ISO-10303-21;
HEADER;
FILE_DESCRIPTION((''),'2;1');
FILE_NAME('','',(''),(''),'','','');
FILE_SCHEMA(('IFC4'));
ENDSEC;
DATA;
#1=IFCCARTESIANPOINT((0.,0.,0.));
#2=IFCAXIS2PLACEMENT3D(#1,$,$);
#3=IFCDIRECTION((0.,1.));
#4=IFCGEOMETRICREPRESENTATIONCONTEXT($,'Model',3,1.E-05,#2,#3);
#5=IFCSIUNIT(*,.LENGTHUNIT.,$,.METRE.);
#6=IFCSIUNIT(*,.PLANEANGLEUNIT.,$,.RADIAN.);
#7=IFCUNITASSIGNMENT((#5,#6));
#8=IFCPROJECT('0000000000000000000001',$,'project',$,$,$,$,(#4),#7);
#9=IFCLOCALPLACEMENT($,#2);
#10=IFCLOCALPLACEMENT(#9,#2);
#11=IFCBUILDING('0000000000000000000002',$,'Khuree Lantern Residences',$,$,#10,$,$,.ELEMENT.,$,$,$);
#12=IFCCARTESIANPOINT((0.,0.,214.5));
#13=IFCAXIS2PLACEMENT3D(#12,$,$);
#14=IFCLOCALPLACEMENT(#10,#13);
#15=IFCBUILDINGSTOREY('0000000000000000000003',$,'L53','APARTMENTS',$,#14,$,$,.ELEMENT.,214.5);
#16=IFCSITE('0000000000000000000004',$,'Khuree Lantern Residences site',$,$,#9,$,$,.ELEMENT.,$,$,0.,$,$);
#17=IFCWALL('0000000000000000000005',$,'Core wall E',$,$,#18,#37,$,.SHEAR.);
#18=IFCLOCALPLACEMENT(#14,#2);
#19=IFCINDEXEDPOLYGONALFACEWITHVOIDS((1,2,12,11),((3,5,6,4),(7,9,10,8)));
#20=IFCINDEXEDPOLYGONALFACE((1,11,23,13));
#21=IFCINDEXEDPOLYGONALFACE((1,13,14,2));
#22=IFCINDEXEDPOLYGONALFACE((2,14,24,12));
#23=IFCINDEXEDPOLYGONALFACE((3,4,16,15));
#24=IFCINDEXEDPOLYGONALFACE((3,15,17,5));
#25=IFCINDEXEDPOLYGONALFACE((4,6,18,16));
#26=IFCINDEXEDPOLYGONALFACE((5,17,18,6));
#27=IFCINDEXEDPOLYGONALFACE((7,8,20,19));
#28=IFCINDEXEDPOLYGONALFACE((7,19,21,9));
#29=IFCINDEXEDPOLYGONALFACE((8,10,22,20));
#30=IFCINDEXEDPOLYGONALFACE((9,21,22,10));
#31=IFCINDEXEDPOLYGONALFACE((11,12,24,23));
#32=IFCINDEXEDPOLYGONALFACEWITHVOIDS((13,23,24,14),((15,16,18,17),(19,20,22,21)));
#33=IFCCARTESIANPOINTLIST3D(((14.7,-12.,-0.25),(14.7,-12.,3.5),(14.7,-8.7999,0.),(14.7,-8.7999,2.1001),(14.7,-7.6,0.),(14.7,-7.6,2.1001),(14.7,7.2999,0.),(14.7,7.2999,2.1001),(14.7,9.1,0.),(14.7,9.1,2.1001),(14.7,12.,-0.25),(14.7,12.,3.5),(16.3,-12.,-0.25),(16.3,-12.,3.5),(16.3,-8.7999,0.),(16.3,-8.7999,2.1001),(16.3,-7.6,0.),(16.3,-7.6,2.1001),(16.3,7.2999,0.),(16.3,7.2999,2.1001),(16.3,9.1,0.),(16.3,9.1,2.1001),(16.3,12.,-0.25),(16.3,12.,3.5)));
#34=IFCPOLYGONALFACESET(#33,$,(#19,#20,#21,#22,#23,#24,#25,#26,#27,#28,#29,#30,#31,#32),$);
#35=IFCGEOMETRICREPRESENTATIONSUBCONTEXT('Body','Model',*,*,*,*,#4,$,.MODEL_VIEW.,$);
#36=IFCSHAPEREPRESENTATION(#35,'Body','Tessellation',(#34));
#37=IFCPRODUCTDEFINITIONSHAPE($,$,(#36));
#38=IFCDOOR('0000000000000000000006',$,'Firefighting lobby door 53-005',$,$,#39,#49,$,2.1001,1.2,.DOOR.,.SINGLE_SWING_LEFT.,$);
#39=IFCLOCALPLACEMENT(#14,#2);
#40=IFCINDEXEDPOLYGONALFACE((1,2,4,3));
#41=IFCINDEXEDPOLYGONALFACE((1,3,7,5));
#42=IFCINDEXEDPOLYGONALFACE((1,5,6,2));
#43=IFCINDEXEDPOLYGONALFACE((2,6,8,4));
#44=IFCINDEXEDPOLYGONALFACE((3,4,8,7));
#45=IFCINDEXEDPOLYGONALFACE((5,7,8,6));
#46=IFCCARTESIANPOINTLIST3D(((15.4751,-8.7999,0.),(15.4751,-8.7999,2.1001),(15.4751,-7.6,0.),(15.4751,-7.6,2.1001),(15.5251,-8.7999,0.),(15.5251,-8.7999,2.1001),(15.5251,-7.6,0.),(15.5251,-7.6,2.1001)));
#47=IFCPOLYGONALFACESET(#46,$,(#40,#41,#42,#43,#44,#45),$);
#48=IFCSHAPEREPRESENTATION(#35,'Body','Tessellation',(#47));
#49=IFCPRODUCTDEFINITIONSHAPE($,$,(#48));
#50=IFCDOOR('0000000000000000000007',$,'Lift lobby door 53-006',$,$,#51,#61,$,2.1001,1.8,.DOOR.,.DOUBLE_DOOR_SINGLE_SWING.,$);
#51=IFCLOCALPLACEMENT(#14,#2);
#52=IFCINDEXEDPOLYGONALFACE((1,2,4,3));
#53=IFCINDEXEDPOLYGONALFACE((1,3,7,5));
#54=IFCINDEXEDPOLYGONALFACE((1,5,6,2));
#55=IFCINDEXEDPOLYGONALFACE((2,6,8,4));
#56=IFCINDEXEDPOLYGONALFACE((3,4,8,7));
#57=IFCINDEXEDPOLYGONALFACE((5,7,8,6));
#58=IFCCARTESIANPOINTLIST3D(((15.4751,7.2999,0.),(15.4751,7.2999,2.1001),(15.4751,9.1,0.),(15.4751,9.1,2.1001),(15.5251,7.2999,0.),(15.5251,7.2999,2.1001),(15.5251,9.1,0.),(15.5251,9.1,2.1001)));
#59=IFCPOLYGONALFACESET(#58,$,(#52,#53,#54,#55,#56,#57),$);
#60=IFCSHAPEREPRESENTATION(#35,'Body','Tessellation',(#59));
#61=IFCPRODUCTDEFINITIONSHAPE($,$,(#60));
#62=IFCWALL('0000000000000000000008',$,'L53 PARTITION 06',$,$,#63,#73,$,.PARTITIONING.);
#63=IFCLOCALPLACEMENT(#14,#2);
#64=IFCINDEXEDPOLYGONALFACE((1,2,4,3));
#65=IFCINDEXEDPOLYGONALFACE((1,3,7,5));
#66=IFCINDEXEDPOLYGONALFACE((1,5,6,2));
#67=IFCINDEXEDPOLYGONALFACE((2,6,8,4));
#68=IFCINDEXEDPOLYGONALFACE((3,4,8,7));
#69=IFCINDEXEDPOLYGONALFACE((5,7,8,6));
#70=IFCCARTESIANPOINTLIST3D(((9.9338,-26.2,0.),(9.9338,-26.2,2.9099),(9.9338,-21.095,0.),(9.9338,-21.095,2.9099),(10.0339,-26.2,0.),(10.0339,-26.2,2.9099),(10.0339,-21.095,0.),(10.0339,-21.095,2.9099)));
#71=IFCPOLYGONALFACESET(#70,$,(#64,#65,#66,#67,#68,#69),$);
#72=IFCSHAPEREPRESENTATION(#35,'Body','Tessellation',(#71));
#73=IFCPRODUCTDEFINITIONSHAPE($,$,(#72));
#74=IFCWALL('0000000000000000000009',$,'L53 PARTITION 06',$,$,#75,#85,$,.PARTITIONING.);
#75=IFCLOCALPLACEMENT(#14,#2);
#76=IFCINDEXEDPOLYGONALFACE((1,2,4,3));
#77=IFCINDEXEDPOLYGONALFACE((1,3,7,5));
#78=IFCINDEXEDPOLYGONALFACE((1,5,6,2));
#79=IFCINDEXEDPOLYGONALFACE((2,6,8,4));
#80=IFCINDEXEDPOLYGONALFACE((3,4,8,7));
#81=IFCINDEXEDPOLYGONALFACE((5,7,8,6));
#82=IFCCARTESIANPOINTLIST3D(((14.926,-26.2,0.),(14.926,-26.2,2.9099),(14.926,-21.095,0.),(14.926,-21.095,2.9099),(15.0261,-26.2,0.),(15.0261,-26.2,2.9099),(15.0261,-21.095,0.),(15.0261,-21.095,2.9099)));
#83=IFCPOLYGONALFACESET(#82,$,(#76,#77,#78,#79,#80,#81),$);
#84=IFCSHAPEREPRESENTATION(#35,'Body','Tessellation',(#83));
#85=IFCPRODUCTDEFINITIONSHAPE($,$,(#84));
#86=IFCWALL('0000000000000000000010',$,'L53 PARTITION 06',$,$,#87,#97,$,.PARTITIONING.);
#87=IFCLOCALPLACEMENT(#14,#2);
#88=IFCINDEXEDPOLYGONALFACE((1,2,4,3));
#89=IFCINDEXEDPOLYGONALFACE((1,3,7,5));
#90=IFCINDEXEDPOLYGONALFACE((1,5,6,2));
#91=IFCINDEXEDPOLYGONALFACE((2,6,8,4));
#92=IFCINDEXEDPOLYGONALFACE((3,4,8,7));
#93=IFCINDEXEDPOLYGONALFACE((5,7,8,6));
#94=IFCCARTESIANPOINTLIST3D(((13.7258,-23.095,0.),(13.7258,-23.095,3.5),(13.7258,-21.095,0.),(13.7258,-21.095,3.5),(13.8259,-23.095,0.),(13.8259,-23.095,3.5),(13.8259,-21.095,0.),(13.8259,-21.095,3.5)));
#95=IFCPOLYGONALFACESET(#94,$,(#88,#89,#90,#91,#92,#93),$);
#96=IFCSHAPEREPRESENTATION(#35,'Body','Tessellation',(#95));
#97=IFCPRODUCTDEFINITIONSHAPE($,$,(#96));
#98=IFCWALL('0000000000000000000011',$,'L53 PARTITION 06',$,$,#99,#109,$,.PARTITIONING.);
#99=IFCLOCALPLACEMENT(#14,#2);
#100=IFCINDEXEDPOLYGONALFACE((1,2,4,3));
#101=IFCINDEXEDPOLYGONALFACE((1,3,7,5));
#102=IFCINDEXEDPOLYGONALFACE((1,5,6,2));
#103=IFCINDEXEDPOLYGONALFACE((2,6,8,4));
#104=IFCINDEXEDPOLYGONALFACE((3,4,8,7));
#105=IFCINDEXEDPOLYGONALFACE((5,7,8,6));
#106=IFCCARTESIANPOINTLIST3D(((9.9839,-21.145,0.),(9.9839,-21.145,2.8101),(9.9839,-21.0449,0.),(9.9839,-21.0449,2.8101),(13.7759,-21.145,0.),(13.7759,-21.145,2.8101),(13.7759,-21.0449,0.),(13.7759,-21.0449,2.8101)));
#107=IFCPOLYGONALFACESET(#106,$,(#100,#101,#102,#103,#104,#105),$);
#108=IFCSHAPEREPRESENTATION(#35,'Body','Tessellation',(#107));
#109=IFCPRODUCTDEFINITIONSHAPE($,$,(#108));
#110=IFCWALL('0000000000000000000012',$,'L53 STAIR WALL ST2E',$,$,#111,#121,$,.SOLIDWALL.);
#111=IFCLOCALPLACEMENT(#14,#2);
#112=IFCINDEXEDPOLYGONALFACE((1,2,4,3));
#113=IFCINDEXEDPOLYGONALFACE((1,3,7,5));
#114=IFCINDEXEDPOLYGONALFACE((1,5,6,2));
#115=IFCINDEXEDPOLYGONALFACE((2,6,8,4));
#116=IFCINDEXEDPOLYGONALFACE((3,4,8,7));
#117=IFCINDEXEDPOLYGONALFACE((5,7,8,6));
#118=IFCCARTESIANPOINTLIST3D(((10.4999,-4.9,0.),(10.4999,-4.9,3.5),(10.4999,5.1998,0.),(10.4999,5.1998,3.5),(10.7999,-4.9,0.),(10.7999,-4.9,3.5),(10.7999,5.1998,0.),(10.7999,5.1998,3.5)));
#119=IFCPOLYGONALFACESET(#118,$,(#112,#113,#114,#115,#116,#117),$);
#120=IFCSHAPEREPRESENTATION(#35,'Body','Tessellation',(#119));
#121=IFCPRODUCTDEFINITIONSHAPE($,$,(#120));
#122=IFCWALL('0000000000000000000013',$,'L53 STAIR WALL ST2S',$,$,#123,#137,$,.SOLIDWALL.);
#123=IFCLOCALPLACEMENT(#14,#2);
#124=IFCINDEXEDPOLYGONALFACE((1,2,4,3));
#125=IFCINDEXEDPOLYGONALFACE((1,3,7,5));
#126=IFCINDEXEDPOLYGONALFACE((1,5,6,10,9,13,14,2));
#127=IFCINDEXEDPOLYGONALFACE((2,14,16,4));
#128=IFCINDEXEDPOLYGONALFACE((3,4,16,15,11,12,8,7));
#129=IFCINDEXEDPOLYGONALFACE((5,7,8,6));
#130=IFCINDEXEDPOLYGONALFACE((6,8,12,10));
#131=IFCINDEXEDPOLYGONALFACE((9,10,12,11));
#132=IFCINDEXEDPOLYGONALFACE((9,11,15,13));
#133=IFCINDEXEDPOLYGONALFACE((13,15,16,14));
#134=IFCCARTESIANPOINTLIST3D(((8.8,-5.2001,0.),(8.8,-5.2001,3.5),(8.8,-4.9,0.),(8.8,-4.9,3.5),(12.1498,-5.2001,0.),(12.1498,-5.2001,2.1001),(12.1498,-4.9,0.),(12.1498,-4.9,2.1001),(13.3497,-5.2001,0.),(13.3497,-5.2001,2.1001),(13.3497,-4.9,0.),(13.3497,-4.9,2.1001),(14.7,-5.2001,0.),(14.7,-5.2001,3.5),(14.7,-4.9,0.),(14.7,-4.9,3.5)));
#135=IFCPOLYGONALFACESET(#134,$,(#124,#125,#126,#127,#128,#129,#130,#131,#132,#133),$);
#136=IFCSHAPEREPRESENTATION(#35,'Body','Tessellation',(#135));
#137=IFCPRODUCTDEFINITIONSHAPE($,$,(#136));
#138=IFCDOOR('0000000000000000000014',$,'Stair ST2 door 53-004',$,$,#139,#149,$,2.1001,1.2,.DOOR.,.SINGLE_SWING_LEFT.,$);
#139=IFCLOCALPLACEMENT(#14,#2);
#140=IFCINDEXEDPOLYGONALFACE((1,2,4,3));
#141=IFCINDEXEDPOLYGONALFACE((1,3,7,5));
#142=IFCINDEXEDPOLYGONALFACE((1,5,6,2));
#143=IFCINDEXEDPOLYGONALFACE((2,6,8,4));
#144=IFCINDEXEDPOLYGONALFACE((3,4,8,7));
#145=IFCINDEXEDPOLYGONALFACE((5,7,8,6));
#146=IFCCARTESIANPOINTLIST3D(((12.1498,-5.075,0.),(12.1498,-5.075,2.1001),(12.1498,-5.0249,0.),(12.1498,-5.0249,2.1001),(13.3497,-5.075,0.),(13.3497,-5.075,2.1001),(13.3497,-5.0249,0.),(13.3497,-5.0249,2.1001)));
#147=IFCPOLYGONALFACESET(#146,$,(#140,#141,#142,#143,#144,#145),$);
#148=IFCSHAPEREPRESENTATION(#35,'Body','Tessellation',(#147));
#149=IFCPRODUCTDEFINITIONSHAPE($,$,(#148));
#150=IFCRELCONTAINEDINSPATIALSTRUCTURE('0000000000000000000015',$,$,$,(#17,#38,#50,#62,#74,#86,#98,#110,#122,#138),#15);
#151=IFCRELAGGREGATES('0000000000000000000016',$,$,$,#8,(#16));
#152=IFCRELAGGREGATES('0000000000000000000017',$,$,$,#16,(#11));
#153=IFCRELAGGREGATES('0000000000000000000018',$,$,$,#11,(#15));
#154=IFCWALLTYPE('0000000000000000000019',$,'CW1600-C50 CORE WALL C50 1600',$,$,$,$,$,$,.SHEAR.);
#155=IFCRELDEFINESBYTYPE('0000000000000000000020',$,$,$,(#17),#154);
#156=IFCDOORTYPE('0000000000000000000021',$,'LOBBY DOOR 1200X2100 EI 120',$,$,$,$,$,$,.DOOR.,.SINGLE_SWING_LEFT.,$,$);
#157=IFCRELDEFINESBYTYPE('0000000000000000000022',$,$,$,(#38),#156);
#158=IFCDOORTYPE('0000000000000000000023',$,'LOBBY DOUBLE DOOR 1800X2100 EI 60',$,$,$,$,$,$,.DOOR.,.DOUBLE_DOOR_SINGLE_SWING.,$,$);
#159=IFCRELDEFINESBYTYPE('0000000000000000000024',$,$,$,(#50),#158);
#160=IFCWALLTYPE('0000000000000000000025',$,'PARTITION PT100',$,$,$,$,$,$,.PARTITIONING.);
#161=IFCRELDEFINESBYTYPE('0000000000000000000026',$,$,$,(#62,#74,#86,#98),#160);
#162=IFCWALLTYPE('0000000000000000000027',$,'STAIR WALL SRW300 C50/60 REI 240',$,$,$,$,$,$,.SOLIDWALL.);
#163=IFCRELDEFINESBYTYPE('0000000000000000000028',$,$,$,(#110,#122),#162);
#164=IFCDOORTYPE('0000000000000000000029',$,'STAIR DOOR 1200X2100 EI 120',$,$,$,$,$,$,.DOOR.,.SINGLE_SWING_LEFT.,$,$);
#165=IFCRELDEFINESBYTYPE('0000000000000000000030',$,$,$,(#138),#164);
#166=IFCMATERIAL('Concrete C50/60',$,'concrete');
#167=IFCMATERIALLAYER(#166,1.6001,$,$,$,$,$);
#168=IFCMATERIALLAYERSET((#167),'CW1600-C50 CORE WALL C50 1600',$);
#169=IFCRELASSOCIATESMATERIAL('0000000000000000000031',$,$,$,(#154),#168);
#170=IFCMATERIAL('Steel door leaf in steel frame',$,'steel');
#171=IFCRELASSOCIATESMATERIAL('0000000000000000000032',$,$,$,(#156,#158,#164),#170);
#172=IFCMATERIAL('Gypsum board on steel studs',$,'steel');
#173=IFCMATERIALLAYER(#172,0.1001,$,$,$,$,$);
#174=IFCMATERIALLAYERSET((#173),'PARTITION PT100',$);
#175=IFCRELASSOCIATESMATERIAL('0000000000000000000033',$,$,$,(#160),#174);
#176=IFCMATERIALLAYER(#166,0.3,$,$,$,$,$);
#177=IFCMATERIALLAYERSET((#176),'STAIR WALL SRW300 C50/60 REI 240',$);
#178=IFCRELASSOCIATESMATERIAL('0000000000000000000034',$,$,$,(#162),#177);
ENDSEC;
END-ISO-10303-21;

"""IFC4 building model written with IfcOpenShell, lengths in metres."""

from ifc_helpers import new_model, si_unit, direction, frame, frame_2d, origin, place, context, subcontext, project, spatial, rectangle, extrude, material, layer, layer_set, type_object, element, fill, save


model = new_model("IFC4")

# Units and contexts
model_context = context("Model", 3, precision=1e-05, world=origin(), true_north=direction((0.0, 1.0)))
body_context = subcontext(model_context, "Body", "Model", "MODEL_VIEW")
ifc_project = project(units=[si_unit("LENGTHUNIT", "METRE"), si_unit("PLANEANGLEUNIT", "RADIAN")], contexts=[model_context])

# Site, building, storey
site_placement = place(None, origin())
site = spatial("IfcSite", under=ifc_project, at=site_placement, Name="Khuree Lantern Residences site", CompositionType="ELEMENT", RefElevation=0.0)
building_placement = place(site_placement, origin())
building = spatial("IfcBuilding", under=site, at=building_placement, Name="Khuree Lantern Residences", CompositionType="ELEMENT")
storey_placement = place(building_placement, frame((0.0, 0.0, 214.5)))
storey = spatial("IfcBuildingStorey", under=building, at=storey_placement, Name="L53", Description="APARTMENTS", CompositionType="ELEMENT", Elevation=214.5)

# Shared definitions
ifc_material_1 = material(Name="Concrete C50/60", Category="concrete")

# Shared definitions
ifc_material_2 = material(Name="Gypsum board on steel studs", Category="steel")

# Wall, openings, doors
ifc_layer_1 = layer(ifc_material_1, 1.6001)
ifc_layer_set_1 = layer_set([ifc_layer_1], Name="CW1600-C50 CORE WALL C50 1600")
wall_type_1 = type_object("IfcWallType", Name="CW1600-C50 CORE WALL C50 1600", PredefinedType="SHEAR", material=ifc_layer_set_1)
wall_1_placement = place(storey_placement, frame((15.5, -12.0, -0.25), z_axis=(0.0, 0.0, 1.0), x_axis=(0.0, 1.0, 0.0)))
wall_1 = element("IfcWall", 1, at=wall_1_placement, inside=storey, type_object=wall_type_1, Name="Core wall E", PredefinedType="SHEAR", context=body_context, shape_type="SweptSolid", body=[
    extrude(rectangle(XDim=24.0, YDim=1.6001, at=frame_2d((12.0, 0.0))), origin(), (0.0, 0.0, 1.0), 3.75),
])
opening_1_placement = place(wall_1_placement, frame((3.2, 0.0, 0.25)))
opening_1 = element("IfcOpeningElement", 2, at=opening_1_placement, cuts=wall_1, PredefinedType="OPENING", context=body_context, shape_type="SweptSolid", body=[
    extrude(rectangle(XDim=1.2, YDim=2.1001, at=frame_2d((0.6001, 1.05))), frame((0.0, 0.8101, 0.0), z_axis=(0.0, -1.0, 0.0), x_axis=(1.0, 0.0, 0.0)), (0.0, 0.0, 1.0), 1.6201),
])
opening_2_placement = place(wall_1_placement, frame((19.3, 0.0, 0.25)))
opening_2 = element("IfcOpeningElement", 3, at=opening_2_placement, cuts=wall_1, PredefinedType="OPENING", context=body_context, shape_type="SweptSolid", body=[
    extrude(rectangle(XDim=1.8, YDim=2.1001, at=frame_2d((0.8999, 1.05))), frame((0.0, 0.8101, 0.0), z_axis=(0.0, -1.0, 0.0), x_axis=(1.0, 0.0, 0.0)), (0.0, 0.0, 1.0), 1.6201),
])
ifc_material_3 = material(Name="Steel door leaf in steel frame", Category="steel")
door_type_1 = type_object("IfcDoorType", Name="LOBBY DOOR 1200X2100 EI 120", OperationType="SINGLE_SWING_LEFT", PredefinedType="DOOR", material=ifc_material_3)
door_1_placement = place(opening_1_placement, origin())
door_1 = element("IfcDoor", 4, at=door_1_placement, inside=storey, type_object=door_type_1, Name="Firefighting lobby door 53-005", OperationType="SINGLE_SWING_LEFT", OverallHeight=2.1001, OverallWidth=1.2, PredefinedType="DOOR", context=body_context, shape_type="SweptSolid", body=[
    extrude(rectangle(XDim=1.2, YDim=2.1001, at=frame_2d((0.6001, 1.05))), frame((0.0, 0.0249, 0.0), z_axis=(0.0, -1.0, 0.0), x_axis=(1.0, 0.0, 0.0)), (0.0, 0.0, 1.0), 0.05),
])
fill(opening_1, door_1)
door_type_2 = type_object("IfcDoorType", Name="LOBBY DOUBLE DOOR 1800X2100 EI 60", OperationType="DOUBLE_DOOR_SINGLE_SWING", PredefinedType="DOOR", material=ifc_material_3)
door_2_placement = place(opening_2_placement, origin())
door_2 = element("IfcDoor", 5, at=door_2_placement, inside=storey, type_object=door_type_2, Name="Lift lobby door 53-006", OperationType="DOUBLE_DOOR_SINGLE_SWING", OverallHeight=2.1001, OverallWidth=1.8, PredefinedType="DOOR", context=body_context, shape_type="SweptSolid", body=[
    extrude(rectangle(XDim=1.8, YDim=2.1001, at=frame_2d((0.8999, 1.05))), frame((0.0, 0.0249, 0.0), z_axis=(0.0, -1.0, 0.0), x_axis=(1.0, 0.0, 0.0)), (0.0, 0.0, 1.0), 0.05),
])
fill(opening_2, door_2)

# Walls
ifc_layer_2 = layer(ifc_material_2, 0.1001)
ifc_layer_set_2 = layer_set([ifc_layer_2], Name="PARTITION PT100")
wall_type_2 = type_object("IfcWallType", Name="PARTITION PT100", PredefinedType="PARTITIONING", material=ifc_layer_set_2)
for number, where, z_axis, x_axis, name in (
    (6, (9.9839, -21.095, 0.0), (0.0, 0.0, 1.0), (0.0, -1.0, 0.0), "L53 PARTITION 06"),
    (7, (14.9761, -21.095, 0.0), (0.0, 0.0, 1.0), (0.0, -1.0, 0.0), "L53 PARTITION 06"),
):
    element("IfcWall", number, at=place(storey_placement, frame(where, z_axis=z_axis, x_axis=x_axis)), inside=storey, type_object=wall_type_2, Name=name, PredefinedType="PARTITIONING", context=body_context, shape_type="SweptSolid", body=[
        extrude(rectangle(XDim=5.105, YDim=0.1001, at=frame_2d((2.5525, 0.0))), origin(), (0.0, 0.0, 1.0), 2.9099),
    ])
wall_2_placement = place(storey_placement, frame((13.7759, -21.095, 0.0), z_axis=(0.0, 0.0, 1.0), x_axis=(0.0, -1.0, 0.0)))
element("IfcWall", 8, at=wall_2_placement, inside=storey, type_object=wall_type_2, Name="L53 PARTITION 06", PredefinedType="PARTITIONING", context=body_context, shape_type="SweptSolid", body=[
    extrude(rectangle(XDim=2.0, YDim=0.1001, at=frame_2d((1.0, 0.0))), origin(), (0.0, 0.0, 1.0), 3.5),
])
wall_3_placement = place(storey_placement, frame((9.9839, -21.095, 0.0), z_axis=(0.0, 0.0, 1.0), x_axis=(1.0, 0.0, 0.0)))
element("IfcWall", 9, at=wall_3_placement, inside=storey, type_object=wall_type_2, Name="L53 PARTITION 06", PredefinedType="PARTITIONING", context=body_context, shape_type="SweptSolid", body=[
    extrude(rectangle(XDim=3.792, YDim=0.1001, at=frame_2d((1.896, 0.0))), origin(), (0.0, 0.0, 1.0), 2.8101),
])
ifc_layer_3 = layer(ifc_material_1, 0.3)
ifc_layer_set_3 = layer_set([ifc_layer_3], Name="STAIR WALL SRW300 C50/60 REI 240")
wall_type_3 = type_object("IfcWallType", Name="STAIR WALL SRW300 C50/60 REI 240", PredefinedType="SOLIDWALL", material=ifc_layer_set_3)
wall_4_placement = place(storey_placement, frame((10.6499, -4.8999, 0.0), z_axis=(0.0, 0.0, 1.0), x_axis=(0.0, 1.0, 0.0)))
element("IfcWall", 10, at=wall_4_placement, inside=storey, type_object=wall_type_3, Name="L53 STAIR WALL ST2E", PredefinedType="SOLIDWALL", context=body_context, shape_type="SweptSolid", body=[
    extrude(rectangle(XDim=10.0999, YDim=0.3, at=frame_2d((5.0498, 0.0))), origin(), (0.0, 0.0, 1.0), 3.5),
])

# Wall, opening, door
wall_5_placement = place(storey_placement, frame((14.7, -5.05, 0.0), z_axis=(0.0, 0.0, 1.0), x_axis=(-1.0, 0.0, 0.0)))
wall_5 = element("IfcWall", 11, at=wall_5_placement, inside=storey, type_object=wall_type_3, Name="L53 STAIR WALL ST2S", PredefinedType="SOLIDWALL", context=body_context, shape_type="SweptSolid", body=[
    extrude(rectangle(XDim=5.8999, YDim=0.3, at=frame_2d((2.95, 0.0))), origin(), (0.0, 0.0, 1.0), 3.5),
])
opening_3_placement = place(wall_5_placement, frame((1.3501, 0.0, 0.0)))
opening_3 = element("IfcOpeningElement", 12, at=opening_3_placement, cuts=wall_5, PredefinedType="OPENING", context=body_context, shape_type="SweptSolid", body=[
    extrude(rectangle(XDim=1.2, YDim=2.1001, at=frame_2d((0.6001, 1.05))), frame((0.0, 0.1602, 0.0), z_axis=(0.0, -1.0, 0.0), x_axis=(1.0, 0.0, 0.0)), (0.0, 0.0, 1.0), 0.3201),
])
door_type_3 = type_object("IfcDoorType", Name="STAIR DOOR 1200X2100 EI 120", OperationType="SINGLE_SWING_LEFT", PredefinedType="DOOR", material=ifc_material_3)
door_3_placement = place(opening_3_placement, origin())
door_3 = element("IfcDoor", 13, at=door_3_placement, inside=storey, type_object=door_type_3, Name="Stair ST2 door 53-004", OperationType="SINGLE_SWING_LEFT", OverallHeight=2.1001, OverallWidth=1.2, PredefinedType="DOOR", context=body_context, shape_type="SweptSolid", body=[
    extrude(rectangle(XDim=1.2, YDim=2.1001, at=frame_2d((0.6001, 1.05))), frame((0.0, 0.0249, 0.0), z_axis=(0.0, -1.0, 0.0), x_axis=(1.0, 0.0, 0.0)), (0.0, 0.0, 1.0), 0.05),
])
fill(opening_3, door_3)

save(model, "model.ifc")
